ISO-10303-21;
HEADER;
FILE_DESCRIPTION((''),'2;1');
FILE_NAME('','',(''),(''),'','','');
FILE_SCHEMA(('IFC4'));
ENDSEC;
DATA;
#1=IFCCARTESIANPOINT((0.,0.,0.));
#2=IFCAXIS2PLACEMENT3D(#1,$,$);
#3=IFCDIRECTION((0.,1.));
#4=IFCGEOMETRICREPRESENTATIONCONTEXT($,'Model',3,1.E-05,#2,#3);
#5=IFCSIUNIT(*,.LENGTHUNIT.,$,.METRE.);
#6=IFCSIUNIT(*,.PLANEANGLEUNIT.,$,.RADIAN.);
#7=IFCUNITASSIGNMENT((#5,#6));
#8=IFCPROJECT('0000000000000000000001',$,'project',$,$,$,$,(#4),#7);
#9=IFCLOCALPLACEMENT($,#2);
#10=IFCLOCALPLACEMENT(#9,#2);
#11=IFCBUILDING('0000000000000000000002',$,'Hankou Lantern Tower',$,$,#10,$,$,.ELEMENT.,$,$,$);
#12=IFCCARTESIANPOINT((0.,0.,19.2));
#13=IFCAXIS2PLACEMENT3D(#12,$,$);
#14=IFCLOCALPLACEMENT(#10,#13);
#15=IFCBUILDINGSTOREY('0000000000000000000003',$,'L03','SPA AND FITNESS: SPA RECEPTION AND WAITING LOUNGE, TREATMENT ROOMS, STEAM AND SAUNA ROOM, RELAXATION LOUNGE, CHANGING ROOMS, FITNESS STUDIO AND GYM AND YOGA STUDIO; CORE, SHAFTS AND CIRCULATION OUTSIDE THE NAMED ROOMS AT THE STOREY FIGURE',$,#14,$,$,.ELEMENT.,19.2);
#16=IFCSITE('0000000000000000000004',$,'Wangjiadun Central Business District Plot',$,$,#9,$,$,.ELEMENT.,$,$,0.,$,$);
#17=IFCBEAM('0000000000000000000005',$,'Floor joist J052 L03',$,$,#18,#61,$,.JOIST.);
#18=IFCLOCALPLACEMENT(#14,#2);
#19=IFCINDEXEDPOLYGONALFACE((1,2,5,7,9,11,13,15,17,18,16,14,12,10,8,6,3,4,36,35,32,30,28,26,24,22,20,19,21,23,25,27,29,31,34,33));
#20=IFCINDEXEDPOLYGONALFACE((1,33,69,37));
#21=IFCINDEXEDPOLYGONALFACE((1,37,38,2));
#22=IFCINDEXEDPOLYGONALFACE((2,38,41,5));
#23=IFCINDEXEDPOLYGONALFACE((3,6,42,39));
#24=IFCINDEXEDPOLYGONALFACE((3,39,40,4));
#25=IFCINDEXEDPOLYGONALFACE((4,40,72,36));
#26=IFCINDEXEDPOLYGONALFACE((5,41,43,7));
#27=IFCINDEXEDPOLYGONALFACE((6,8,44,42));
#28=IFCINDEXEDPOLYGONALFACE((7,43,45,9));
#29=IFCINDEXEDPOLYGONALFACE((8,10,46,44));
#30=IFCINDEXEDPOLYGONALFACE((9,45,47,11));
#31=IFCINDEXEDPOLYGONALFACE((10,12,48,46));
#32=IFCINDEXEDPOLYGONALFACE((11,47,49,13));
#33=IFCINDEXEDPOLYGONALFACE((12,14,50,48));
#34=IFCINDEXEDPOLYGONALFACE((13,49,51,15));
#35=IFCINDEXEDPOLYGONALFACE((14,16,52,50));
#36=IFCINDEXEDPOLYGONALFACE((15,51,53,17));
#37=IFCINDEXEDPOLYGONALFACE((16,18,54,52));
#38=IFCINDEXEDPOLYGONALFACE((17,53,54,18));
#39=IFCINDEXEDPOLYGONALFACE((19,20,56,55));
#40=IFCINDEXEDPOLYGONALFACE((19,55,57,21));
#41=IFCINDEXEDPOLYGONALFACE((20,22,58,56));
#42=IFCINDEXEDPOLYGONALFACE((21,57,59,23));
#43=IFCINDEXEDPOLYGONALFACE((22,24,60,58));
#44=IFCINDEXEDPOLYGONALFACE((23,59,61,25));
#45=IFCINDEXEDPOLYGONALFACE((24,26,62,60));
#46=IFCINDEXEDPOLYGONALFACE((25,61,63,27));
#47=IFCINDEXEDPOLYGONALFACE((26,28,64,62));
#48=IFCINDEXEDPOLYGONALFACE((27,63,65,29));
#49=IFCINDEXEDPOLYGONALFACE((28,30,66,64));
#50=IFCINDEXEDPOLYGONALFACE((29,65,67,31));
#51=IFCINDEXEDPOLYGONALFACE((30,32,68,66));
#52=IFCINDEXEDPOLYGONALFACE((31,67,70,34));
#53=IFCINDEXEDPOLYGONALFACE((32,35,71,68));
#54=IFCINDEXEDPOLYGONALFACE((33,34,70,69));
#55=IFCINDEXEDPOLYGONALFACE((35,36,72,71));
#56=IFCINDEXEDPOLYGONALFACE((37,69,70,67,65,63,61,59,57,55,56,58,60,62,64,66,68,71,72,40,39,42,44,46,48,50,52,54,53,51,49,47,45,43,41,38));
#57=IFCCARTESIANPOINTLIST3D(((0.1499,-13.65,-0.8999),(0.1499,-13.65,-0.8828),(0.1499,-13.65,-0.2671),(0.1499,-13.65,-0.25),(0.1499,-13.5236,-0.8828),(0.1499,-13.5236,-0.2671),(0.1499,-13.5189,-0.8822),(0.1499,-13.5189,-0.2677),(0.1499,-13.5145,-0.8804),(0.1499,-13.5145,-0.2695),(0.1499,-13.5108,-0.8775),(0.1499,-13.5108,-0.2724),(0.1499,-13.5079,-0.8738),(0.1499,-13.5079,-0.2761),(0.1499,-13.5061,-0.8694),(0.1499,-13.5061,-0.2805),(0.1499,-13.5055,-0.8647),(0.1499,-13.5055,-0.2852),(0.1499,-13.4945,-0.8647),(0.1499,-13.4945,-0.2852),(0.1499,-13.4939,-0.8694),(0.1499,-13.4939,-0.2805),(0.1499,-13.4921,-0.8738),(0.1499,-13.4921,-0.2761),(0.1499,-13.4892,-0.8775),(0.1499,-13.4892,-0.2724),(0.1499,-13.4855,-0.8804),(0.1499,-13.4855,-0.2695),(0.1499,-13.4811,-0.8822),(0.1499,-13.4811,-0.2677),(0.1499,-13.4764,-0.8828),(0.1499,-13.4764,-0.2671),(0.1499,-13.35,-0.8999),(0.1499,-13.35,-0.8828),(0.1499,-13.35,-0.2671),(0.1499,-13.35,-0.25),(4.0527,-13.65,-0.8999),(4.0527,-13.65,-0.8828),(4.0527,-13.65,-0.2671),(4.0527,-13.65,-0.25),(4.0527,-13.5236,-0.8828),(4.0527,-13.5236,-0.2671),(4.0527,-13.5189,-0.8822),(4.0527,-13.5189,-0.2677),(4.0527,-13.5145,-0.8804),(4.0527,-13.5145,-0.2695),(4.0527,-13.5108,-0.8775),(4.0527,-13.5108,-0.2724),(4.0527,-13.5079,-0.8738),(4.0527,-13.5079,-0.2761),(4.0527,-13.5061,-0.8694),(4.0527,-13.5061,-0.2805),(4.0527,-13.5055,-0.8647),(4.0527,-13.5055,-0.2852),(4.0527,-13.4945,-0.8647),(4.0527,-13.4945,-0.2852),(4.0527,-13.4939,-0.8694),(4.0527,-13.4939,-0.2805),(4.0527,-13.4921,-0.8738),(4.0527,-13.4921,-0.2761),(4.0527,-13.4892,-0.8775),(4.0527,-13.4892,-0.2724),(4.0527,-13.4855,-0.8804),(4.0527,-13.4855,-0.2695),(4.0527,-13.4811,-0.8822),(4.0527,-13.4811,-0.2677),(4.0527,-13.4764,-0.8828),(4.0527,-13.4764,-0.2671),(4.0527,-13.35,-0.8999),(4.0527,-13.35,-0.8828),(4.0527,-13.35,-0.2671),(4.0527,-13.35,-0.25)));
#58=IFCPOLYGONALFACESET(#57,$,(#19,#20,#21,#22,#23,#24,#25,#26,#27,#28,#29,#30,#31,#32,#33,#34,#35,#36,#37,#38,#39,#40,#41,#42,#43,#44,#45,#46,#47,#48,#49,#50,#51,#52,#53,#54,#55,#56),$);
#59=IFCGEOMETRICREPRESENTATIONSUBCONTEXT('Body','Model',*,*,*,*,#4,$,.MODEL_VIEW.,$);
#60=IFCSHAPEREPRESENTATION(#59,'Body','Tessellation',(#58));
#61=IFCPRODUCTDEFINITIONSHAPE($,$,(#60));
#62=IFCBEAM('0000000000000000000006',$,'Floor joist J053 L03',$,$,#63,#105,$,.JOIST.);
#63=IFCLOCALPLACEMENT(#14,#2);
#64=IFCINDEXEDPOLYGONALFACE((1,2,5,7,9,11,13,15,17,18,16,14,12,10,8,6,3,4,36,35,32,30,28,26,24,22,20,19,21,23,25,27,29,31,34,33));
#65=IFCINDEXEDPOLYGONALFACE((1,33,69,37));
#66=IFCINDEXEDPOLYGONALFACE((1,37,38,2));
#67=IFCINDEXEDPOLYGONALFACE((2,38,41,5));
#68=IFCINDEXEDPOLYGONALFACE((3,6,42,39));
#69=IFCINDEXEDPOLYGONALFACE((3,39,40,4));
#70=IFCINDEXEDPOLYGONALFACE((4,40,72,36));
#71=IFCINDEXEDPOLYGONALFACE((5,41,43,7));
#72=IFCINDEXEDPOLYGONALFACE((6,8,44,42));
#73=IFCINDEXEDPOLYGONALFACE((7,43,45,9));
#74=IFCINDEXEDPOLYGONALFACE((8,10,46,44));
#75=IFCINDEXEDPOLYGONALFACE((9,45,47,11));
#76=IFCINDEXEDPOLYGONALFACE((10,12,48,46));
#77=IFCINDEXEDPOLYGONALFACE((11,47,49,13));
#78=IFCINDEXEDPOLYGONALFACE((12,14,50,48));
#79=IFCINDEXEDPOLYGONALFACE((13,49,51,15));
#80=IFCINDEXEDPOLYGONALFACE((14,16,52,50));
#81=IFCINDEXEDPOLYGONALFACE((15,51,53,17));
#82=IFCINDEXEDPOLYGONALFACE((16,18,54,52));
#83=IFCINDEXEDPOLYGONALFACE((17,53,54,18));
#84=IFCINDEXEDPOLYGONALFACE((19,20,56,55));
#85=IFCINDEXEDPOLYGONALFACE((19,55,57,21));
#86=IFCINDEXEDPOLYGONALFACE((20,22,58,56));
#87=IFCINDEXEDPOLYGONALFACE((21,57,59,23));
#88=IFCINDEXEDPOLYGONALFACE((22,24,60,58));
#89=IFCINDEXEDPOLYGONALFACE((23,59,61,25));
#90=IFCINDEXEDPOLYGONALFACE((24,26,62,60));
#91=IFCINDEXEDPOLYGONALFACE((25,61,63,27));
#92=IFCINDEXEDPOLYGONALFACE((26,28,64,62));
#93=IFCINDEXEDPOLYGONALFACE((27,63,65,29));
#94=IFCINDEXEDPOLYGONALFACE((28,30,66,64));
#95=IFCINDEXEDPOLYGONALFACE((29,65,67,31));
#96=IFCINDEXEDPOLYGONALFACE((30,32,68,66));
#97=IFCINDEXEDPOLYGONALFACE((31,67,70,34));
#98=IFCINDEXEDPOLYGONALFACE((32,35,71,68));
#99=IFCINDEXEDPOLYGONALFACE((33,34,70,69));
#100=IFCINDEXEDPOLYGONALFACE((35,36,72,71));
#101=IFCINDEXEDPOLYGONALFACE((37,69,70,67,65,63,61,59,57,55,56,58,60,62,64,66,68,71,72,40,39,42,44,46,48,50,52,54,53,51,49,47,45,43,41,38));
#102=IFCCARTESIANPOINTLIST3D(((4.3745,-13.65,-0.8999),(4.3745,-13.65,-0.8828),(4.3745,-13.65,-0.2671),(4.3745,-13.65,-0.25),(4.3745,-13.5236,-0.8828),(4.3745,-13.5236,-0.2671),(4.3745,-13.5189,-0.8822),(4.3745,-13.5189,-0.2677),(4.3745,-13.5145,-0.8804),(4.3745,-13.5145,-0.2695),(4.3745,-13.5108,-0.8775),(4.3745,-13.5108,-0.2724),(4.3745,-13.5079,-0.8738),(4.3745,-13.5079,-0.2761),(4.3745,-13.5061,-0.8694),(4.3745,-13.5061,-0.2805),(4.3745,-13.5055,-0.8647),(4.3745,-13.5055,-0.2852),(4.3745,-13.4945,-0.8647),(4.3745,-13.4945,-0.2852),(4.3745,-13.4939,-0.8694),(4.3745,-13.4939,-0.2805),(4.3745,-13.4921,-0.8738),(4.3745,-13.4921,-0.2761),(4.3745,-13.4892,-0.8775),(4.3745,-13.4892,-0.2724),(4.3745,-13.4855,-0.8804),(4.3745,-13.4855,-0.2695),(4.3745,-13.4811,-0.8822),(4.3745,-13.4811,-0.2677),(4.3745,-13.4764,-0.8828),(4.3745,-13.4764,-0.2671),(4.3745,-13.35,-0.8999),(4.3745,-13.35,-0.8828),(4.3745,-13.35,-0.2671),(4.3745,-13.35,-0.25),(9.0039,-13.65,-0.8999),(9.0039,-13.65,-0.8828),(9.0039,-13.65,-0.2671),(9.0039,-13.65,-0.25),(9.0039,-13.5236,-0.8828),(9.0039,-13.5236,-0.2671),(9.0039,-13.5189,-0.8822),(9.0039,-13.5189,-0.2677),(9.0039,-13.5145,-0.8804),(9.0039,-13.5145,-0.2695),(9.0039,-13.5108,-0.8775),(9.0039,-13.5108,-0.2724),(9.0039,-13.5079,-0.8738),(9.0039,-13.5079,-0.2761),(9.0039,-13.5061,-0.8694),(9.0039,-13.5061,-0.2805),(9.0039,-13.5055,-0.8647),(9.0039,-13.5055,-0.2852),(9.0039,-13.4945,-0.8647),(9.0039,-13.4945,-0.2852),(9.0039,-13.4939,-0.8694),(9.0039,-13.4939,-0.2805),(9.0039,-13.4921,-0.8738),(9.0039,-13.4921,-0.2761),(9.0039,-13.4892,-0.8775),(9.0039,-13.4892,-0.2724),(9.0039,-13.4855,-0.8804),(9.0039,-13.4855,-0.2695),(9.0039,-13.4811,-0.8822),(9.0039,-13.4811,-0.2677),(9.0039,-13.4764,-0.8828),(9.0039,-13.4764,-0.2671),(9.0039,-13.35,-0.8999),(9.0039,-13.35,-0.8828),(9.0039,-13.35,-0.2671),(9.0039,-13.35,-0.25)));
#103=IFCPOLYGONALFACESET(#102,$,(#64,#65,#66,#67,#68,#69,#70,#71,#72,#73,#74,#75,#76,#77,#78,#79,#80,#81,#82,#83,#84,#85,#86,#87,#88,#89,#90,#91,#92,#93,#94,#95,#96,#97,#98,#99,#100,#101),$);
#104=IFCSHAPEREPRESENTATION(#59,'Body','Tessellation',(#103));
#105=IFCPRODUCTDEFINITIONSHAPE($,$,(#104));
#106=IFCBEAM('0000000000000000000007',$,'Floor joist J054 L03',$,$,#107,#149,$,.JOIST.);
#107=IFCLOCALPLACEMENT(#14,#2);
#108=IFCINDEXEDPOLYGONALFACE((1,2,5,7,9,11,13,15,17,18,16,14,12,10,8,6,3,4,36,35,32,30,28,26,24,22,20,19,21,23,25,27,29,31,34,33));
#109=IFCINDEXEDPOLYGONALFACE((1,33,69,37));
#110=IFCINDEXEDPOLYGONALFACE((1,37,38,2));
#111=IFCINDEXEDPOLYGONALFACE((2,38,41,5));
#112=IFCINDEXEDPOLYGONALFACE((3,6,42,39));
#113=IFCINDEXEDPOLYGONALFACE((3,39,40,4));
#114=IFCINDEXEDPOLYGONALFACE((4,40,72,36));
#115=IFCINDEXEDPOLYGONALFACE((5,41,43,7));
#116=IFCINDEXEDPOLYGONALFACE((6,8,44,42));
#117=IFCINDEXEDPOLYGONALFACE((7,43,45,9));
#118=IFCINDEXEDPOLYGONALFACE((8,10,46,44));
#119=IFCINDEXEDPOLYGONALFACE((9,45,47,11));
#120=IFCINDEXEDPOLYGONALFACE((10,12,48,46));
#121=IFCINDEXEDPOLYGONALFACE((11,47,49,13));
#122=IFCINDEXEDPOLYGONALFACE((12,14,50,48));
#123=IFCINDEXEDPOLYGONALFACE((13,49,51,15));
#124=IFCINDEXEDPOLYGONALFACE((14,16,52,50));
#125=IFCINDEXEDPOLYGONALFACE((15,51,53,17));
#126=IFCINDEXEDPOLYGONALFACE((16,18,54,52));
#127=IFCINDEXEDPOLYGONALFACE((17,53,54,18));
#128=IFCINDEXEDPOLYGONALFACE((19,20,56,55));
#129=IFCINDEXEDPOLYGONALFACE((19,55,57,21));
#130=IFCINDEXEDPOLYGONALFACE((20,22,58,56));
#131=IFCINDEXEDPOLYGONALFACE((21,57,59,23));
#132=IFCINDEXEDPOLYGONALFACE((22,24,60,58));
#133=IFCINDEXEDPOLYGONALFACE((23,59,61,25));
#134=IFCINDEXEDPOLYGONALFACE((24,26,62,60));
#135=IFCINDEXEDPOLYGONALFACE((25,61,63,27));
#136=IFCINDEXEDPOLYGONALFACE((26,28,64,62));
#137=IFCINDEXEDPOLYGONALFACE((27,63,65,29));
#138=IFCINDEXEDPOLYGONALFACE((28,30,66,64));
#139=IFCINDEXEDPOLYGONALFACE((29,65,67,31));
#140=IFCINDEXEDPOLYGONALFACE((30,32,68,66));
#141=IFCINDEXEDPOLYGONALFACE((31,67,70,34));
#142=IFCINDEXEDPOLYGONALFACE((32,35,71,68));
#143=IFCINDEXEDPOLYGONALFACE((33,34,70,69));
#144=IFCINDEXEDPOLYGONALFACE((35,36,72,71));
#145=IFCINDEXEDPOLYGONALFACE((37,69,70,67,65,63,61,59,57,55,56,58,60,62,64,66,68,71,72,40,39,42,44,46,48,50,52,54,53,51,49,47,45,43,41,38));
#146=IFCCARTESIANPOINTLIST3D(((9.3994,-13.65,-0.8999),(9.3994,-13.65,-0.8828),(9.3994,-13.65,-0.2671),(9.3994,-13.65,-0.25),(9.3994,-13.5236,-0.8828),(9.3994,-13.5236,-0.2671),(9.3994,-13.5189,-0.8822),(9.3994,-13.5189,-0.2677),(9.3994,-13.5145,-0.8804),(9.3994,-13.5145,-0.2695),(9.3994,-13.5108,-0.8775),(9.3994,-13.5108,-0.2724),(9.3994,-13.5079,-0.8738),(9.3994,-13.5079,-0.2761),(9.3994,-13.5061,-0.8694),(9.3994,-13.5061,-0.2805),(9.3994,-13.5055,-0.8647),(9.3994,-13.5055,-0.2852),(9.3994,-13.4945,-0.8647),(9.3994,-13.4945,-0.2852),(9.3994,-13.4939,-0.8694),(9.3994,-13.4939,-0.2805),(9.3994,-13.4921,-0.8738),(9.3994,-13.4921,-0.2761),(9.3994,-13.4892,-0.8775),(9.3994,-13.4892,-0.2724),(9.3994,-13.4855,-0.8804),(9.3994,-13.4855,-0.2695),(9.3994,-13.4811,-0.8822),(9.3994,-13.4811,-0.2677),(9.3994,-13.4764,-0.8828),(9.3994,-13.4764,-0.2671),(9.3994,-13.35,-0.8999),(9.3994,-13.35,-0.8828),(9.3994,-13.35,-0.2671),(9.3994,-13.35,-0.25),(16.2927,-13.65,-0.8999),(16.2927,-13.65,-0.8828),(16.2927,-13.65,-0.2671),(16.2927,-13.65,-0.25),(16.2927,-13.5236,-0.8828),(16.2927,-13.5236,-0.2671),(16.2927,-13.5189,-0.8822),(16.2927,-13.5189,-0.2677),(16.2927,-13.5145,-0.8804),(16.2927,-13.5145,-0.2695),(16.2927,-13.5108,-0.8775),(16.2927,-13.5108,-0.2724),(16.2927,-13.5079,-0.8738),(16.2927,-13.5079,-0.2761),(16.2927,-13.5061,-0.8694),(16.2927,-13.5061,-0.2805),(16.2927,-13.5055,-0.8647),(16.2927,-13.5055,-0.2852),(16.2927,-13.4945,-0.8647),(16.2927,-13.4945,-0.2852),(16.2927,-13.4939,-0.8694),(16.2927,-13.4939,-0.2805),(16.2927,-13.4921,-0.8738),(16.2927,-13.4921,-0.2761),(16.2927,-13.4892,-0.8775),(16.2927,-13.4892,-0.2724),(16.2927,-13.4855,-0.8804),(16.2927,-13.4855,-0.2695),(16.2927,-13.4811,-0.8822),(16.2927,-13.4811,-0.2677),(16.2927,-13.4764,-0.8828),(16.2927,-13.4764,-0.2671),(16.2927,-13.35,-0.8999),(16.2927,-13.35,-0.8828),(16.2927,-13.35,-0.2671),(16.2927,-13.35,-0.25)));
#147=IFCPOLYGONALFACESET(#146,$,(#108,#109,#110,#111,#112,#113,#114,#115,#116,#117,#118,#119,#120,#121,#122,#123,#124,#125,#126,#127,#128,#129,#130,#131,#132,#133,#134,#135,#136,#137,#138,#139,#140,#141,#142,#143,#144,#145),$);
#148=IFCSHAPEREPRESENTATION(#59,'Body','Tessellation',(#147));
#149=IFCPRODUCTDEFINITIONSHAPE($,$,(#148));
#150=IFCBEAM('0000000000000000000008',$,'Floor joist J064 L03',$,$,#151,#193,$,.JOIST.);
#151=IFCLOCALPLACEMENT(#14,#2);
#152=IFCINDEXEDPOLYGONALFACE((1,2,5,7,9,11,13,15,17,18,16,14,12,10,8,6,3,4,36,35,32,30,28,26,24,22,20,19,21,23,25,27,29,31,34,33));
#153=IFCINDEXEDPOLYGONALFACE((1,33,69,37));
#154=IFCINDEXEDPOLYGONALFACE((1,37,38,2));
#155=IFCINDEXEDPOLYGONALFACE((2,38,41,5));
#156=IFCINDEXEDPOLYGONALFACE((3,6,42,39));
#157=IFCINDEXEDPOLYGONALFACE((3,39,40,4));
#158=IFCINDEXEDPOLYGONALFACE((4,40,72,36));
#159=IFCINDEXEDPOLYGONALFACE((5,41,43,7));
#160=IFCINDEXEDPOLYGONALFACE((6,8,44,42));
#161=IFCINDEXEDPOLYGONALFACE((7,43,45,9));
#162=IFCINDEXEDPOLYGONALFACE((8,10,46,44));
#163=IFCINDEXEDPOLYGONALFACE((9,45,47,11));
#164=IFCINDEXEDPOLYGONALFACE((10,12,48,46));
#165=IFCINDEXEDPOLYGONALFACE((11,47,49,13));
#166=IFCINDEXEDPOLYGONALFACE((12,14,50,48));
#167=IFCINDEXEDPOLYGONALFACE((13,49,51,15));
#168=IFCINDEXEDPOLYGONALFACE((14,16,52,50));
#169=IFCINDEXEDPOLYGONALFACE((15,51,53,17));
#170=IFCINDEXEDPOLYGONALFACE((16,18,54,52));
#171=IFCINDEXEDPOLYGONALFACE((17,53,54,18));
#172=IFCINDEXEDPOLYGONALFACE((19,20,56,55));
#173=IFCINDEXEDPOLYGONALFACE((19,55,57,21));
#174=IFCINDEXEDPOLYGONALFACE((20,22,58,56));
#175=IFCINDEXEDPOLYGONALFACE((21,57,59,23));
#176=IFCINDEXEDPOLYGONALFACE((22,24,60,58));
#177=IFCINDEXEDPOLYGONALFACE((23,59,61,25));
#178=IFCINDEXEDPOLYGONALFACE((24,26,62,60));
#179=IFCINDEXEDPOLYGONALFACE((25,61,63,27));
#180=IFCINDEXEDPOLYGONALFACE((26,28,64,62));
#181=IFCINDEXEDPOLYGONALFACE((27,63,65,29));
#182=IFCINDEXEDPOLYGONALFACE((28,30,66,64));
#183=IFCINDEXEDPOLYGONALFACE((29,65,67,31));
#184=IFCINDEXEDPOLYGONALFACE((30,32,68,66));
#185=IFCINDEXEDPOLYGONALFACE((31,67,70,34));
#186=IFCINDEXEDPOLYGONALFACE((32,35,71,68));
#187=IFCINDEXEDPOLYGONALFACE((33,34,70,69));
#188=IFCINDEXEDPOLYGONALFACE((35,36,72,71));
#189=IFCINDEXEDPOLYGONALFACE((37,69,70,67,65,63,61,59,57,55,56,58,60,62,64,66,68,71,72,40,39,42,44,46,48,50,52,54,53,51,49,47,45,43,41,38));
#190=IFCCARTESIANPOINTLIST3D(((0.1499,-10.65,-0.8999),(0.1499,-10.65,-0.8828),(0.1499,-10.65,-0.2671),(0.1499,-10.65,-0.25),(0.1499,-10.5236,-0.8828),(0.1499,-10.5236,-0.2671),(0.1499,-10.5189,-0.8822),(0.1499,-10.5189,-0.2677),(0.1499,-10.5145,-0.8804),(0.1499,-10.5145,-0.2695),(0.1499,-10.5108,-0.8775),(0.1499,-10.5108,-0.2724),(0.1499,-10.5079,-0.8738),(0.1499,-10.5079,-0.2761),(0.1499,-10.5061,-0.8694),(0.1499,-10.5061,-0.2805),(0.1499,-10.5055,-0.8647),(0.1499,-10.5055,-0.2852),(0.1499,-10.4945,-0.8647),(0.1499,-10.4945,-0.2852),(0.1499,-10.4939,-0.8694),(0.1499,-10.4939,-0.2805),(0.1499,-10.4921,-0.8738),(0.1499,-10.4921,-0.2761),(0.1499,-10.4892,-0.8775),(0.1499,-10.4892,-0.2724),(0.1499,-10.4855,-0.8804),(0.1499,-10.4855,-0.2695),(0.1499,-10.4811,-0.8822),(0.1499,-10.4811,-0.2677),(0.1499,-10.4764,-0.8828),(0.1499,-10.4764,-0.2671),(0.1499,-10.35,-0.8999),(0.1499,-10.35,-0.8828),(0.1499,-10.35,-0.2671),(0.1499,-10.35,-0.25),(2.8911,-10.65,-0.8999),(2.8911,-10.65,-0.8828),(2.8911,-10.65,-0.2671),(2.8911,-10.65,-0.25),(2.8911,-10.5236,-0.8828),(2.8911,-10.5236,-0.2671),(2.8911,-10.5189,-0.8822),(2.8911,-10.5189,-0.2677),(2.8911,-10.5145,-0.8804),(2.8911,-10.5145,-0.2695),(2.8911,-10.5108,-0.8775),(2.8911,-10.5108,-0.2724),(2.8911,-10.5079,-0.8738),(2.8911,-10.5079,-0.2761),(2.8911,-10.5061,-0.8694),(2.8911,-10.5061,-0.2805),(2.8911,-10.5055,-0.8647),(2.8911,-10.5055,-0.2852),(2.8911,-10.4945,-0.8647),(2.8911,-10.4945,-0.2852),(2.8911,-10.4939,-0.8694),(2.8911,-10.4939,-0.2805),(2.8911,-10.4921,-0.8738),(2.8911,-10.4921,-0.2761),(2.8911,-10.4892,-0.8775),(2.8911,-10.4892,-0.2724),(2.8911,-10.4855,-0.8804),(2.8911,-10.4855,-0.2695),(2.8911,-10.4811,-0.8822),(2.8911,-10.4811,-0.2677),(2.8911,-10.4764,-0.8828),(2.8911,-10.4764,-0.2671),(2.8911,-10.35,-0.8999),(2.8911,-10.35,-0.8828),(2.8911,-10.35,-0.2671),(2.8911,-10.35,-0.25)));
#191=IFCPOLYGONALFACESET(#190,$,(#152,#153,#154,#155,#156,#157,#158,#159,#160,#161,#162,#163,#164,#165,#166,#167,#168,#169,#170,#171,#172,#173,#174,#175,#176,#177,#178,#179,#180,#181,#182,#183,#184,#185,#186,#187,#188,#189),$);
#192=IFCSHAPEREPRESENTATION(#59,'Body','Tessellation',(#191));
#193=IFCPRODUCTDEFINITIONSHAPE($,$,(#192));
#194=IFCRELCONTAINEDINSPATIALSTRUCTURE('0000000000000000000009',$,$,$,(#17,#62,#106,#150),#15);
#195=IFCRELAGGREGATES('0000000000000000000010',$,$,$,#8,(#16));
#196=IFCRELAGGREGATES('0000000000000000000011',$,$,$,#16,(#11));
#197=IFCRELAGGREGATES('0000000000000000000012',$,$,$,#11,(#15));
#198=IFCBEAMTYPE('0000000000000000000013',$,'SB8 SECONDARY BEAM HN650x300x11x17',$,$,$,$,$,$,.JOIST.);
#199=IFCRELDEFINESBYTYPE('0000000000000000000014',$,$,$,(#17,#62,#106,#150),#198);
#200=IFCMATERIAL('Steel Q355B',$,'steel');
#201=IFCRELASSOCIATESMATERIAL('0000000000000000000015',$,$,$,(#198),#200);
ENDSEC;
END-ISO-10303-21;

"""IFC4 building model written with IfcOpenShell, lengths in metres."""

from ifc_helpers import new_model, si_unit, direction, frame, origin, origin_2d, place, context, subcontext, project, spatial, i_section, extrude, material, material_profile, profile_set, type_object, element, save


model = new_model("IFC4")

# Units and contexts
model_context = context("Model", 3, precision=1e-05, world=origin(), true_north=direction((0.0, 1.0)))
body_context = subcontext(model_context, "Body", "Model", "MODEL_VIEW")
ifc_project = project(units=[si_unit("LENGTHUNIT", "METRE"), si_unit("PLANEANGLEUNIT", "RADIAN")], contexts=[model_context])

# Site, building, storey
site_placement = place(None, origin())
site = spatial("IfcSite", under=ifc_project, at=site_placement, Name="Wangjiadun Central Business District Plot", CompositionType="ELEMENT", RefElevation=0.0)
building_placement = place(site_placement, origin())
building = spatial("IfcBuilding", under=site, at=building_placement, Name="Hankou Lantern Tower", CompositionType="ELEMENT")
storey_placement = place(building_placement, frame((0.0, 0.0, 19.2)))
storey = spatial("IfcBuildingStorey", under=building, at=storey_placement, Name="L03", Description="SPA AND FITNESS: SPA RECEPTION AND WAITING LOUNGE, TREATMENT ROOMS, STEAM AND SAUNA ROOM, RELAXATION LOUNGE, CHANGING ROOMS, FITNESS STUDIO AND GYM AND YOGA STUDIO; CORE, SHAFTS AND CIRCULATION OUTSIDE THE NAMED ROOMS AT THE STOREY FIGURE", CompositionType="ELEMENT", Elevation=19.2)

# Beams
ifc_material_1 = material(Name="Steel Q355B", Category="steel")
ifc_material_profile_1 = material_profile(ifc_material_1, i_section(OverallWidth=0.3, OverallDepth=0.6499, WebThickness=0.011, FlangeThickness=0.0171, FilletRadius=0.0181, at=origin_2d()), Name="HN650x300x11x17")
ifc_profile_set_1 = profile_set([ifc_material_profile_1], Name="Steel Q355B")
beam_type_1 = type_object("IfcBeamType", Name="SB8 SECONDARY BEAM HN650x300x11x17", PredefinedType="JOIST", material=ifc_profile_set_1)
beam_1_placement = place(storey_placement, frame((0.1499, -13.5, -0.575), z_axis=(1.0, 0.0, 0.0), x_axis=(0.0, 1.0, 0.0)))
element("IfcBeam", 1, at=beam_1_placement, inside=storey, type_object=beam_type_1, Name="Floor joist J052 L03", PredefinedType="JOIST", context=body_context, shape_type="SweptSolid", body=[
    extrude(i_section(OverallWidth=0.3, OverallDepth=0.6499, WebThickness=0.011, FlangeThickness=0.0171, FilletRadius=0.0181, at=origin_2d()), origin(), (0.0, 0.0, 1.0), 3.9028),
])
beam_2_placement = place(storey_placement, frame((4.3745, -13.5, -0.575), z_axis=(1.0, 0.0, 0.0), x_axis=(0.0, 1.0, 0.0)))
element("IfcBeam", 2, at=beam_2_placement, inside=storey, type_object=beam_type_1, Name="Floor joist J053 L03", PredefinedType="JOIST", context=body_context, shape_type="SweptSolid", body=[
    extrude(i_section(OverallWidth=0.3, OverallDepth=0.6499, WebThickness=0.011, FlangeThickness=0.0171, FilletRadius=0.0181, at=origin_2d()), origin(), (0.0, 0.0, 1.0), 4.6294),
])
beam_3_placement = place(storey_placement, frame((9.3994, -13.5, -0.575), z_axis=(1.0, 0.0, 0.0), x_axis=(0.0, 1.0, 0.0)))
element("IfcBeam", 3, at=beam_3_placement, inside=storey, type_object=beam_type_1, Name="Floor joist J054 L03", PredefinedType="JOIST", context=body_context, shape_type="SweptSolid", body=[
    extrude(i_section(OverallWidth=0.3, OverallDepth=0.6499, WebThickness=0.011, FlangeThickness=0.0171, FilletRadius=0.0181, at=origin_2d()), origin(), (0.0, 0.0, 1.0), 6.8933),
])
beam_4_placement = place(storey_placement, frame((0.1499, -10.5, -0.575), z_axis=(1.0, 0.0, 0.0), x_axis=(0.0, 1.0, 0.0)))
element("IfcBeam", 4, at=beam_4_placement, inside=storey, type_object=beam_type_1, Name="Floor joist J064 L03", PredefinedType="JOIST", context=body_context, shape_type="SweptSolid", body=[
    extrude(i_section(OverallWidth=0.3, OverallDepth=0.6499, WebThickness=0.011, FlangeThickness=0.0171, FilletRadius=0.0181, at=origin_2d()), origin(), (0.0, 0.0, 1.0), 2.7412),
])

save(model, "model.ifc")
